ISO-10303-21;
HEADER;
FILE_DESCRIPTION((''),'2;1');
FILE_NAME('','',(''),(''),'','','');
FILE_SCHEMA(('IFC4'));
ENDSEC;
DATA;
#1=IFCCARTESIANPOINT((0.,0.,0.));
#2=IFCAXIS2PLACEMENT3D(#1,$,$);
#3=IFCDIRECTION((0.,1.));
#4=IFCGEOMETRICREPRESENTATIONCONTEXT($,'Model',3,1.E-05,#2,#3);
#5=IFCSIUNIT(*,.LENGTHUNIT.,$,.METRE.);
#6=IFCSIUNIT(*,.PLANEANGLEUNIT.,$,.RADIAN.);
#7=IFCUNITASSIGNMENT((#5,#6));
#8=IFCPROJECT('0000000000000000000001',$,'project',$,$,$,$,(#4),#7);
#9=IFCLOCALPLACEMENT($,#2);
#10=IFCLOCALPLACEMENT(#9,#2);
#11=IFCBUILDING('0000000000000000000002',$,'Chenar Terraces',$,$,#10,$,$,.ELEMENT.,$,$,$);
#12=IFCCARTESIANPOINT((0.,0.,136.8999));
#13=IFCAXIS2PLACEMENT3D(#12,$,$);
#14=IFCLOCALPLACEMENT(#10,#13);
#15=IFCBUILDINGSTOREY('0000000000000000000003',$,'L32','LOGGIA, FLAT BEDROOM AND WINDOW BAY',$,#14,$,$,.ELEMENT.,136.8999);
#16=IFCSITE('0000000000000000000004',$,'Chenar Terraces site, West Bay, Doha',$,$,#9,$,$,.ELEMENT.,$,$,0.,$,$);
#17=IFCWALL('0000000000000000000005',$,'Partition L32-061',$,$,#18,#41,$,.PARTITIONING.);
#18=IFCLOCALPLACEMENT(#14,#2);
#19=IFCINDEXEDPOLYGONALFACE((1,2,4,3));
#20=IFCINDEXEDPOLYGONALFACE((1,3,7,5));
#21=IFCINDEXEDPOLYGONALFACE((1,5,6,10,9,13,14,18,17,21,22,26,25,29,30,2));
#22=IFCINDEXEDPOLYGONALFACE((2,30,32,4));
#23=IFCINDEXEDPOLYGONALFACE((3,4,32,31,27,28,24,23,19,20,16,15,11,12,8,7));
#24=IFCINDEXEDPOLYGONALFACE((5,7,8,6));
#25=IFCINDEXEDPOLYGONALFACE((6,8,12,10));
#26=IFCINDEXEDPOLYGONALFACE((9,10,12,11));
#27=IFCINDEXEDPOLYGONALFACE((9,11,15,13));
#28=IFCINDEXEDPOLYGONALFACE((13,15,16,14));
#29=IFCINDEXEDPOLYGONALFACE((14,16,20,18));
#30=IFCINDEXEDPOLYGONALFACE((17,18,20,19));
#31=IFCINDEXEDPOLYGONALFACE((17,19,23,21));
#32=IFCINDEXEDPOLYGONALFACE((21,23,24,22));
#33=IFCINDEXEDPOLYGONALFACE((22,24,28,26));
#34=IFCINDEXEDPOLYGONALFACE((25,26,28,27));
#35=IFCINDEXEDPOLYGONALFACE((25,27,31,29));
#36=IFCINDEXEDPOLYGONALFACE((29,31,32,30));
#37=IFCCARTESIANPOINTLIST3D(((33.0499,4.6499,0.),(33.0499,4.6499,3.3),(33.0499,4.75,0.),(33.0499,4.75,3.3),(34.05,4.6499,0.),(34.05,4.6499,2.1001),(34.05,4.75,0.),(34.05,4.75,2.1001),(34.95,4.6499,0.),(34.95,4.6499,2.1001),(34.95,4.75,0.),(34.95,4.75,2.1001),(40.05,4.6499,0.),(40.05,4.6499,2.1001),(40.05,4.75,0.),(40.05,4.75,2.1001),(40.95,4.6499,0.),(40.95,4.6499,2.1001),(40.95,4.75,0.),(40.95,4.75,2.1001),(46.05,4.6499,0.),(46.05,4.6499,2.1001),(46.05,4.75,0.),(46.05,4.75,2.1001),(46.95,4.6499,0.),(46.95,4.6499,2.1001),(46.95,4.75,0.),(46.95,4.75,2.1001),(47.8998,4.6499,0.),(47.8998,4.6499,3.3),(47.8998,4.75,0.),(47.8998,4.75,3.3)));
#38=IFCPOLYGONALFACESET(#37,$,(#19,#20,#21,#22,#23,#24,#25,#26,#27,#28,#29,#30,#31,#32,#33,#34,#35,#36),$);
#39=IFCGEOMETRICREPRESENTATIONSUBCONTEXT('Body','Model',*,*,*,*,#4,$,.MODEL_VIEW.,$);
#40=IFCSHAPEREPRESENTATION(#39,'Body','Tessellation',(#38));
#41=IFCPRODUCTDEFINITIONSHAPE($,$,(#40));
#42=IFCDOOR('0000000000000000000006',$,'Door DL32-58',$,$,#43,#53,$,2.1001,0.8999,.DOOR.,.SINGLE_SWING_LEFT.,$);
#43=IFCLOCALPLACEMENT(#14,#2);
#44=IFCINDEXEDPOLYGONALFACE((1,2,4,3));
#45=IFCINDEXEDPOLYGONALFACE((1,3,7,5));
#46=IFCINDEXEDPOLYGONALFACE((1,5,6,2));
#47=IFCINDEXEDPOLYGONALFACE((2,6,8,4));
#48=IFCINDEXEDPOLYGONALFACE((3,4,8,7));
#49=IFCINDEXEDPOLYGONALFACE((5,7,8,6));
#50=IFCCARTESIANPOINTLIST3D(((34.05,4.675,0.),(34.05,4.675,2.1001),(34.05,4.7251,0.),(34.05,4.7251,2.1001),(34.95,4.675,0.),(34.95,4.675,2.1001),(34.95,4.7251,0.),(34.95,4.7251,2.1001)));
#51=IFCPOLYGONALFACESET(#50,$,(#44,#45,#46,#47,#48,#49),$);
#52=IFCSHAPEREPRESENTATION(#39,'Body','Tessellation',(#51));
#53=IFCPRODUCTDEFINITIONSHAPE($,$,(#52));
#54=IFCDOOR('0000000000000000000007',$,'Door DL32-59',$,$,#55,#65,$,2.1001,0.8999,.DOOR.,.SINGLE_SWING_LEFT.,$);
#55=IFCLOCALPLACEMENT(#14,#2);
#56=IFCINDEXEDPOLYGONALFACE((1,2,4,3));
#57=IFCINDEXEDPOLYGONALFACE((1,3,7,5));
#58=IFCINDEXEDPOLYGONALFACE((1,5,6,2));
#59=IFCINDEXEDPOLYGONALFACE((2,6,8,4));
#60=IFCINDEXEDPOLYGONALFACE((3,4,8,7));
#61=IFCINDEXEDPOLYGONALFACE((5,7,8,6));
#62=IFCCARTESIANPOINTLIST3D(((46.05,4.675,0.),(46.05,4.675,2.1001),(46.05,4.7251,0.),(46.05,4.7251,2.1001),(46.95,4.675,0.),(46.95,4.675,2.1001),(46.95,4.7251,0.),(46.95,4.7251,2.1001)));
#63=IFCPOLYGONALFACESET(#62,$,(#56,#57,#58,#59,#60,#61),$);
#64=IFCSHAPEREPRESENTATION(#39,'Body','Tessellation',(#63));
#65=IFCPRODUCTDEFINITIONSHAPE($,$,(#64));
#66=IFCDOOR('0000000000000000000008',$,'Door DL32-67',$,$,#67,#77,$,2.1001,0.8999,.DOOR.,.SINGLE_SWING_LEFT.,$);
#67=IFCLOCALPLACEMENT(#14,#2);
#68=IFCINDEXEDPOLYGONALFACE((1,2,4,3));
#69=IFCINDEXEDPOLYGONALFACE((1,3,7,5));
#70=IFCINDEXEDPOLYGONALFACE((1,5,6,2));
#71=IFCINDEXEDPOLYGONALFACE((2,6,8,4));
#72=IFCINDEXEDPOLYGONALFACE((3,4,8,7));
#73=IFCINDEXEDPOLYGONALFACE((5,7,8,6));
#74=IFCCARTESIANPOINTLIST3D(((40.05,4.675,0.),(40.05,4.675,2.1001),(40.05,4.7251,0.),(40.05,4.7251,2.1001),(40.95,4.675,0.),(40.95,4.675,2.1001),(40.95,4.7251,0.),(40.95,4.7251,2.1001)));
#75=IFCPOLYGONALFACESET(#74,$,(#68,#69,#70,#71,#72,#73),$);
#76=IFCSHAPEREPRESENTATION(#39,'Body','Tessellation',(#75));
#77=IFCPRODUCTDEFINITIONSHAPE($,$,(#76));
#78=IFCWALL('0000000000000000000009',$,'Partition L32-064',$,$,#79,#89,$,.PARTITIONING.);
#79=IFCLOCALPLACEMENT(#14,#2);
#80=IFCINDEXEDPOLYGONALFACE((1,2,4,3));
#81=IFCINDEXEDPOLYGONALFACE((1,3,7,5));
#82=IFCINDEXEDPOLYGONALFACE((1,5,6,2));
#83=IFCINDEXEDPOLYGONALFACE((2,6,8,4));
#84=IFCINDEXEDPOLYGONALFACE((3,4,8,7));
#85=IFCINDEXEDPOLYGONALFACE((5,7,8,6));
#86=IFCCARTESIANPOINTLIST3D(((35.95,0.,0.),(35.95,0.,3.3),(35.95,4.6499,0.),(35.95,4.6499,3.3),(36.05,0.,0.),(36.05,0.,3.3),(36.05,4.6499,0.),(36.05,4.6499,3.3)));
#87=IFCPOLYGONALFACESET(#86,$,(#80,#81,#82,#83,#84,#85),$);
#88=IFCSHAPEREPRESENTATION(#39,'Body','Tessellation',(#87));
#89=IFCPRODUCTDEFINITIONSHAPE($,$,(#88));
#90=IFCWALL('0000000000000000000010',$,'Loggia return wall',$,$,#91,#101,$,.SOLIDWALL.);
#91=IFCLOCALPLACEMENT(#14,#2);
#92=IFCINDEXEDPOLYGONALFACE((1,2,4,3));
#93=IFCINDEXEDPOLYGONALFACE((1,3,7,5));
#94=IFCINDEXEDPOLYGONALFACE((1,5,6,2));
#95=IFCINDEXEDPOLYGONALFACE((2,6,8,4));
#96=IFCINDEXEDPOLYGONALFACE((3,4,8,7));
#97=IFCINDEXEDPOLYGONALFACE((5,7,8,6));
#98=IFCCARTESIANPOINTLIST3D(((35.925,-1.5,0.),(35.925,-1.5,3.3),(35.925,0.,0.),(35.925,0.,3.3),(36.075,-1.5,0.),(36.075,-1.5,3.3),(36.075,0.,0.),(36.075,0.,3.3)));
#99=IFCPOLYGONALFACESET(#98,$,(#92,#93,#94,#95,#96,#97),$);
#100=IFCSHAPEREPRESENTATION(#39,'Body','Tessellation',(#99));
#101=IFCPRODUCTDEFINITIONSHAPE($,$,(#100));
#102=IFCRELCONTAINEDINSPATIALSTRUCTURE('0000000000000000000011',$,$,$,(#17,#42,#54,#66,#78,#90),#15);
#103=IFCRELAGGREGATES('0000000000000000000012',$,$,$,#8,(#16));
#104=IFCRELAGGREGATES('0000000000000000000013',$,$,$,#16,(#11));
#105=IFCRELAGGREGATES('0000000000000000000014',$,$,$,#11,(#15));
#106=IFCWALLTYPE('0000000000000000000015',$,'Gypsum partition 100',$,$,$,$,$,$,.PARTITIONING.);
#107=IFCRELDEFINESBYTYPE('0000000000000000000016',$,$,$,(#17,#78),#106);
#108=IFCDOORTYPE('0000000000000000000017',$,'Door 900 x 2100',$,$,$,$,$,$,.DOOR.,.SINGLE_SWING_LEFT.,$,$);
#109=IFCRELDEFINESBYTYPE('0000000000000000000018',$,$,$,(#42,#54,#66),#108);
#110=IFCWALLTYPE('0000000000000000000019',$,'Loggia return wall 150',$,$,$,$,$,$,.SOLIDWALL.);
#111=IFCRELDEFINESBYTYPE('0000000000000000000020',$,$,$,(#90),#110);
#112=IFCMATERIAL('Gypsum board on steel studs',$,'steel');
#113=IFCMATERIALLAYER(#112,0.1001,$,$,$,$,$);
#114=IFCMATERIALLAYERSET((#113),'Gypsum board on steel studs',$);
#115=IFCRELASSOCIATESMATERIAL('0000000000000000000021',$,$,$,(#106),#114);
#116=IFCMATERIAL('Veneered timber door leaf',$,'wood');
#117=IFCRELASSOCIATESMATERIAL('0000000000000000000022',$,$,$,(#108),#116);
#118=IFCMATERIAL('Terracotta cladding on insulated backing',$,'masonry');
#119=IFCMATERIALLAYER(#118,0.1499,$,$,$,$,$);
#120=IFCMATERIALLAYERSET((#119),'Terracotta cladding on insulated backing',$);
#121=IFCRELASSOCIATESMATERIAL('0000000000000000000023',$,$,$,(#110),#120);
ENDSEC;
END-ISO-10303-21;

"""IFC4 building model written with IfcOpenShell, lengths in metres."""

from ifc_helpers import new_model, si_unit, direction, frame, frame_2d, origin, place, context, subcontext, project, spatial, rectangle, extrude, material, layer, layer_set, type_object, element, fill, save


model = new_model("IFC4")

# Units and contexts
model_context = context("Model", 3, precision=1e-05, world=origin(), true_north=direction((0.0, 1.0)))
body_context = subcontext(model_context, "Body", "Model", "MODEL_VIEW")
ifc_project = project(units=[si_unit("LENGTHUNIT", "METRE"), si_unit("PLANEANGLEUNIT", "RADIAN")], contexts=[model_context])

# Site, building, storey
site_placement = place(None, origin())
site = spatial("IfcSite", under=ifc_project, at=site_placement, Name="Chenar Terraces site, West Bay, Doha", CompositionType="ELEMENT", RefElevation=0.0)
building_placement = place(site_placement, origin())
building = spatial("IfcBuilding", under=site, at=building_placement, Name="Chenar Terraces", CompositionType="ELEMENT")
storey_placement = place(building_placement, frame((0.0, 0.0, 136.8999)))
storey = spatial("IfcBuildingStorey", under=building, at=storey_placement, Name="L32", Description="LOGGIA, FLAT BEDROOM AND WINDOW BAY", CompositionType="ELEMENT", Elevation=136.8999)

# Shared definitions
ifc_material_1 = material(Name="Gypsum board on steel studs", Category="steel")
ifc_layer_1 = layer(ifc_material_1, 0.1001)
ifc_layer_set_1 = layer_set([ifc_layer_1], Name="Gypsum board on steel studs")
wall_type_1 = type_object("IfcWallType", Name="Gypsum partition 100", PredefinedType="PARTITIONING", material=ifc_layer_set_1)

# Shared definitions
ifc_material_2 = material(Name="Veneered timber door leaf", Category="wood")
door_type_1 = type_object("IfcDoorType", Name="Door 900 x 2100", OperationType="SINGLE_SWING_LEFT", PredefinedType="DOOR", material=ifc_material_2)

# Wall, openings, doors
wall_1_placement = place(storey_placement, frame((33.05, 4.7, 0.0), z_axis=(0.0, 0.0, 1.0), x_axis=(1.0, 0.0, 0.0)))
wall_1 = element("IfcWall", 1, at=wall_1_placement, inside=storey, type_object=wall_type_1, Name="Partition L32-061", PredefinedType="PARTITIONING", context=body_context, shape_type="SweptSolid", body=[
    extrude(rectangle(XDim=14.8499, YDim=0.1001, at=frame_2d((7.4248, 0.0))), origin(), (0.0, 0.0, 1.0), 3.3),
])
opening_1_placement = place(wall_1_placement, frame((1.0, 0.0, 0.0)))
opening_1 = element("IfcOpeningElement", 2, at=opening_1_placement, cuts=wall_1, PredefinedType="OPENING", context=body_context, shape_type="SweptSolid", body=[
    extrude(rectangle(XDim=0.8999, YDim=2.1001, at=frame_2d((0.45, 1.05))), frame((0.0, 0.0601, 0.0), z_axis=(0.0, -1.0, 0.0), x_axis=(1.0, 0.0, 0.0)), (0.0, 0.0, 1.0), 0.1201),
])
opening_2_placement = place(wall_1_placement, frame((13.0, 0.0, 0.0)))
opening_2 = element("IfcOpeningElement", 3, at=opening_2_placement, cuts=wall_1, PredefinedType="OPENING", context=body_context, shape_type="SweptSolid", body=[
    extrude(rectangle(XDim=0.8999, YDim=2.1001, at=frame_2d((0.45, 1.05))), frame((0.0, 0.0601, 0.0), z_axis=(0.0, -1.0, 0.0), x_axis=(1.0, 0.0, 0.0)), (0.0, 0.0, 1.0), 0.1201),
])
opening_3_placement = place(wall_1_placement, frame((7.0, 0.0, 0.0)))
opening_3 = element("IfcOpeningElement", 4, at=opening_3_placement, cuts=wall_1, PredefinedType="OPENING", context=body_context, shape_type="SweptSolid", body=[
    extrude(rectangle(XDim=0.8999, YDim=2.1001, at=frame_2d((0.45, 1.05))), frame((0.0, 0.0601, 0.0), z_axis=(0.0, -1.0, 0.0), x_axis=(1.0, 0.0, 0.0)), (0.0, 0.0, 1.0), 0.1201),
])
door_1_placement = place(opening_1_placement, frame((0.8999, 0.0, 0.0), z_axis=(0.0, 0.0, 1.0), x_axis=(-1.0, 0.0, 0.0)))
door_1 = element("IfcDoor", 5, at=door_1_placement, inside=storey, type_object=door_type_1, Name="Door DL32-58", OperationType="SINGLE_SWING_LEFT", OverallHeight=2.1001, OverallWidth=0.8999, PredefinedType="DOOR", context=body_context, shape_type="SweptSolid", body=[
    extrude(rectangle(XDim=0.8999, YDim=2.1001, at=frame_2d((0.45, 1.05))), frame((0.0, 0.0249, 0.0), z_axis=(0.0, -1.0, 0.0), x_axis=(1.0, 0.0, 0.0)), (0.0, 0.0, 1.0), 0.05),
])
fill(opening_1, door_1)
door_2_placement = place(opening_2_placement, frame((0.8999, 0.0, 0.0), z_axis=(0.0, 0.0, 1.0), x_axis=(-1.0, 0.0, 0.0)))
door_2 = element("IfcDoor", 6, at=door_2_placement, inside=storey, type_object=door_type_1, Name="Door DL32-59", OperationType="SINGLE_SWING_LEFT", OverallHeight=2.1001, OverallWidth=0.8999, PredefinedType="DOOR", context=body_context, shape_type="SweptSolid", body=[
    extrude(rectangle(XDim=0.8999, YDim=2.1001, at=frame_2d((0.45, 1.05))), frame((0.0, 0.0249, 0.0), z_axis=(0.0, -1.0, 0.0), x_axis=(1.0, 0.0, 0.0)), (0.0, 0.0, 1.0), 0.05),
])
fill(opening_2, door_2)
door_3_placement = place(opening_3_placement, frame((0.8999, 0.0, 0.0), z_axis=(0.0, 0.0, 1.0), x_axis=(-1.0, 0.0, 0.0)))
door_3 = element("IfcDoor", 7, at=door_3_placement, inside=storey, type_object=door_type_1, Name="Door DL32-67", OperationType="SINGLE_SWING_LEFT", OverallHeight=2.1001, OverallWidth=0.8999, PredefinedType="DOOR", context=body_context, shape_type="SweptSolid", body=[
    extrude(rectangle(XDim=0.8999, YDim=2.1001, at=frame_2d((0.45, 1.05))), frame((0.0, 0.0249, 0.0), z_axis=(0.0, -1.0, 0.0), x_axis=(1.0, 0.0, 0.0)), (0.0, 0.0, 1.0), 0.05),
])
fill(opening_3, door_3)

# Walls
wall_2_placement = place(storey_placement, frame((36.0, 0.0, 0.0), z_axis=(0.0, 0.0, 1.0), x_axis=(0.0, 1.0, 0.0)))
element("IfcWall", 8, at=wall_2_placement, inside=storey, type_object=wall_type_1, Name="Partition L32-064", PredefinedType="PARTITIONING", context=body_context, shape_type="SweptSolid", body=[
    extrude(rectangle(XDim=4.6499, YDim=0.1001, at=frame_2d((2.325, 0.0))), origin(), (0.0, 0.0, 1.0), 3.3),
])
ifc_material_3 = material(Name="Terracotta cladding on insulated backing", Category="masonry")
ifc_layer_2 = layer(ifc_material_3, 0.1499)
ifc_layer_set_2 = layer_set([ifc_layer_2], Name="Terracotta cladding on insulated backing")
wall_type_2 = type_object("IfcWallType", Name="Loggia return wall 150", PredefinedType="SOLIDWALL", material=ifc_layer_set_2)
wall_3_placement = place(storey_placement, frame((36.0, -1.5, 0.0), z_axis=(0.0, 0.0, 1.0), x_axis=(0.0, 1.0, 0.0)))
element("IfcWall", 9, at=wall_3_placement, inside=storey, type_object=wall_type_2, Name="Loggia return wall", PredefinedType="SOLIDWALL", context=body_context, shape_type="SweptSolid", body=[
    extrude(rectangle(XDim=1.5, YDim=0.1499, at=frame_2d((0.75, 0.0))), origin(), (0.0, 0.0, 1.0), 3.3),
])

save(model, "model.ifc")
